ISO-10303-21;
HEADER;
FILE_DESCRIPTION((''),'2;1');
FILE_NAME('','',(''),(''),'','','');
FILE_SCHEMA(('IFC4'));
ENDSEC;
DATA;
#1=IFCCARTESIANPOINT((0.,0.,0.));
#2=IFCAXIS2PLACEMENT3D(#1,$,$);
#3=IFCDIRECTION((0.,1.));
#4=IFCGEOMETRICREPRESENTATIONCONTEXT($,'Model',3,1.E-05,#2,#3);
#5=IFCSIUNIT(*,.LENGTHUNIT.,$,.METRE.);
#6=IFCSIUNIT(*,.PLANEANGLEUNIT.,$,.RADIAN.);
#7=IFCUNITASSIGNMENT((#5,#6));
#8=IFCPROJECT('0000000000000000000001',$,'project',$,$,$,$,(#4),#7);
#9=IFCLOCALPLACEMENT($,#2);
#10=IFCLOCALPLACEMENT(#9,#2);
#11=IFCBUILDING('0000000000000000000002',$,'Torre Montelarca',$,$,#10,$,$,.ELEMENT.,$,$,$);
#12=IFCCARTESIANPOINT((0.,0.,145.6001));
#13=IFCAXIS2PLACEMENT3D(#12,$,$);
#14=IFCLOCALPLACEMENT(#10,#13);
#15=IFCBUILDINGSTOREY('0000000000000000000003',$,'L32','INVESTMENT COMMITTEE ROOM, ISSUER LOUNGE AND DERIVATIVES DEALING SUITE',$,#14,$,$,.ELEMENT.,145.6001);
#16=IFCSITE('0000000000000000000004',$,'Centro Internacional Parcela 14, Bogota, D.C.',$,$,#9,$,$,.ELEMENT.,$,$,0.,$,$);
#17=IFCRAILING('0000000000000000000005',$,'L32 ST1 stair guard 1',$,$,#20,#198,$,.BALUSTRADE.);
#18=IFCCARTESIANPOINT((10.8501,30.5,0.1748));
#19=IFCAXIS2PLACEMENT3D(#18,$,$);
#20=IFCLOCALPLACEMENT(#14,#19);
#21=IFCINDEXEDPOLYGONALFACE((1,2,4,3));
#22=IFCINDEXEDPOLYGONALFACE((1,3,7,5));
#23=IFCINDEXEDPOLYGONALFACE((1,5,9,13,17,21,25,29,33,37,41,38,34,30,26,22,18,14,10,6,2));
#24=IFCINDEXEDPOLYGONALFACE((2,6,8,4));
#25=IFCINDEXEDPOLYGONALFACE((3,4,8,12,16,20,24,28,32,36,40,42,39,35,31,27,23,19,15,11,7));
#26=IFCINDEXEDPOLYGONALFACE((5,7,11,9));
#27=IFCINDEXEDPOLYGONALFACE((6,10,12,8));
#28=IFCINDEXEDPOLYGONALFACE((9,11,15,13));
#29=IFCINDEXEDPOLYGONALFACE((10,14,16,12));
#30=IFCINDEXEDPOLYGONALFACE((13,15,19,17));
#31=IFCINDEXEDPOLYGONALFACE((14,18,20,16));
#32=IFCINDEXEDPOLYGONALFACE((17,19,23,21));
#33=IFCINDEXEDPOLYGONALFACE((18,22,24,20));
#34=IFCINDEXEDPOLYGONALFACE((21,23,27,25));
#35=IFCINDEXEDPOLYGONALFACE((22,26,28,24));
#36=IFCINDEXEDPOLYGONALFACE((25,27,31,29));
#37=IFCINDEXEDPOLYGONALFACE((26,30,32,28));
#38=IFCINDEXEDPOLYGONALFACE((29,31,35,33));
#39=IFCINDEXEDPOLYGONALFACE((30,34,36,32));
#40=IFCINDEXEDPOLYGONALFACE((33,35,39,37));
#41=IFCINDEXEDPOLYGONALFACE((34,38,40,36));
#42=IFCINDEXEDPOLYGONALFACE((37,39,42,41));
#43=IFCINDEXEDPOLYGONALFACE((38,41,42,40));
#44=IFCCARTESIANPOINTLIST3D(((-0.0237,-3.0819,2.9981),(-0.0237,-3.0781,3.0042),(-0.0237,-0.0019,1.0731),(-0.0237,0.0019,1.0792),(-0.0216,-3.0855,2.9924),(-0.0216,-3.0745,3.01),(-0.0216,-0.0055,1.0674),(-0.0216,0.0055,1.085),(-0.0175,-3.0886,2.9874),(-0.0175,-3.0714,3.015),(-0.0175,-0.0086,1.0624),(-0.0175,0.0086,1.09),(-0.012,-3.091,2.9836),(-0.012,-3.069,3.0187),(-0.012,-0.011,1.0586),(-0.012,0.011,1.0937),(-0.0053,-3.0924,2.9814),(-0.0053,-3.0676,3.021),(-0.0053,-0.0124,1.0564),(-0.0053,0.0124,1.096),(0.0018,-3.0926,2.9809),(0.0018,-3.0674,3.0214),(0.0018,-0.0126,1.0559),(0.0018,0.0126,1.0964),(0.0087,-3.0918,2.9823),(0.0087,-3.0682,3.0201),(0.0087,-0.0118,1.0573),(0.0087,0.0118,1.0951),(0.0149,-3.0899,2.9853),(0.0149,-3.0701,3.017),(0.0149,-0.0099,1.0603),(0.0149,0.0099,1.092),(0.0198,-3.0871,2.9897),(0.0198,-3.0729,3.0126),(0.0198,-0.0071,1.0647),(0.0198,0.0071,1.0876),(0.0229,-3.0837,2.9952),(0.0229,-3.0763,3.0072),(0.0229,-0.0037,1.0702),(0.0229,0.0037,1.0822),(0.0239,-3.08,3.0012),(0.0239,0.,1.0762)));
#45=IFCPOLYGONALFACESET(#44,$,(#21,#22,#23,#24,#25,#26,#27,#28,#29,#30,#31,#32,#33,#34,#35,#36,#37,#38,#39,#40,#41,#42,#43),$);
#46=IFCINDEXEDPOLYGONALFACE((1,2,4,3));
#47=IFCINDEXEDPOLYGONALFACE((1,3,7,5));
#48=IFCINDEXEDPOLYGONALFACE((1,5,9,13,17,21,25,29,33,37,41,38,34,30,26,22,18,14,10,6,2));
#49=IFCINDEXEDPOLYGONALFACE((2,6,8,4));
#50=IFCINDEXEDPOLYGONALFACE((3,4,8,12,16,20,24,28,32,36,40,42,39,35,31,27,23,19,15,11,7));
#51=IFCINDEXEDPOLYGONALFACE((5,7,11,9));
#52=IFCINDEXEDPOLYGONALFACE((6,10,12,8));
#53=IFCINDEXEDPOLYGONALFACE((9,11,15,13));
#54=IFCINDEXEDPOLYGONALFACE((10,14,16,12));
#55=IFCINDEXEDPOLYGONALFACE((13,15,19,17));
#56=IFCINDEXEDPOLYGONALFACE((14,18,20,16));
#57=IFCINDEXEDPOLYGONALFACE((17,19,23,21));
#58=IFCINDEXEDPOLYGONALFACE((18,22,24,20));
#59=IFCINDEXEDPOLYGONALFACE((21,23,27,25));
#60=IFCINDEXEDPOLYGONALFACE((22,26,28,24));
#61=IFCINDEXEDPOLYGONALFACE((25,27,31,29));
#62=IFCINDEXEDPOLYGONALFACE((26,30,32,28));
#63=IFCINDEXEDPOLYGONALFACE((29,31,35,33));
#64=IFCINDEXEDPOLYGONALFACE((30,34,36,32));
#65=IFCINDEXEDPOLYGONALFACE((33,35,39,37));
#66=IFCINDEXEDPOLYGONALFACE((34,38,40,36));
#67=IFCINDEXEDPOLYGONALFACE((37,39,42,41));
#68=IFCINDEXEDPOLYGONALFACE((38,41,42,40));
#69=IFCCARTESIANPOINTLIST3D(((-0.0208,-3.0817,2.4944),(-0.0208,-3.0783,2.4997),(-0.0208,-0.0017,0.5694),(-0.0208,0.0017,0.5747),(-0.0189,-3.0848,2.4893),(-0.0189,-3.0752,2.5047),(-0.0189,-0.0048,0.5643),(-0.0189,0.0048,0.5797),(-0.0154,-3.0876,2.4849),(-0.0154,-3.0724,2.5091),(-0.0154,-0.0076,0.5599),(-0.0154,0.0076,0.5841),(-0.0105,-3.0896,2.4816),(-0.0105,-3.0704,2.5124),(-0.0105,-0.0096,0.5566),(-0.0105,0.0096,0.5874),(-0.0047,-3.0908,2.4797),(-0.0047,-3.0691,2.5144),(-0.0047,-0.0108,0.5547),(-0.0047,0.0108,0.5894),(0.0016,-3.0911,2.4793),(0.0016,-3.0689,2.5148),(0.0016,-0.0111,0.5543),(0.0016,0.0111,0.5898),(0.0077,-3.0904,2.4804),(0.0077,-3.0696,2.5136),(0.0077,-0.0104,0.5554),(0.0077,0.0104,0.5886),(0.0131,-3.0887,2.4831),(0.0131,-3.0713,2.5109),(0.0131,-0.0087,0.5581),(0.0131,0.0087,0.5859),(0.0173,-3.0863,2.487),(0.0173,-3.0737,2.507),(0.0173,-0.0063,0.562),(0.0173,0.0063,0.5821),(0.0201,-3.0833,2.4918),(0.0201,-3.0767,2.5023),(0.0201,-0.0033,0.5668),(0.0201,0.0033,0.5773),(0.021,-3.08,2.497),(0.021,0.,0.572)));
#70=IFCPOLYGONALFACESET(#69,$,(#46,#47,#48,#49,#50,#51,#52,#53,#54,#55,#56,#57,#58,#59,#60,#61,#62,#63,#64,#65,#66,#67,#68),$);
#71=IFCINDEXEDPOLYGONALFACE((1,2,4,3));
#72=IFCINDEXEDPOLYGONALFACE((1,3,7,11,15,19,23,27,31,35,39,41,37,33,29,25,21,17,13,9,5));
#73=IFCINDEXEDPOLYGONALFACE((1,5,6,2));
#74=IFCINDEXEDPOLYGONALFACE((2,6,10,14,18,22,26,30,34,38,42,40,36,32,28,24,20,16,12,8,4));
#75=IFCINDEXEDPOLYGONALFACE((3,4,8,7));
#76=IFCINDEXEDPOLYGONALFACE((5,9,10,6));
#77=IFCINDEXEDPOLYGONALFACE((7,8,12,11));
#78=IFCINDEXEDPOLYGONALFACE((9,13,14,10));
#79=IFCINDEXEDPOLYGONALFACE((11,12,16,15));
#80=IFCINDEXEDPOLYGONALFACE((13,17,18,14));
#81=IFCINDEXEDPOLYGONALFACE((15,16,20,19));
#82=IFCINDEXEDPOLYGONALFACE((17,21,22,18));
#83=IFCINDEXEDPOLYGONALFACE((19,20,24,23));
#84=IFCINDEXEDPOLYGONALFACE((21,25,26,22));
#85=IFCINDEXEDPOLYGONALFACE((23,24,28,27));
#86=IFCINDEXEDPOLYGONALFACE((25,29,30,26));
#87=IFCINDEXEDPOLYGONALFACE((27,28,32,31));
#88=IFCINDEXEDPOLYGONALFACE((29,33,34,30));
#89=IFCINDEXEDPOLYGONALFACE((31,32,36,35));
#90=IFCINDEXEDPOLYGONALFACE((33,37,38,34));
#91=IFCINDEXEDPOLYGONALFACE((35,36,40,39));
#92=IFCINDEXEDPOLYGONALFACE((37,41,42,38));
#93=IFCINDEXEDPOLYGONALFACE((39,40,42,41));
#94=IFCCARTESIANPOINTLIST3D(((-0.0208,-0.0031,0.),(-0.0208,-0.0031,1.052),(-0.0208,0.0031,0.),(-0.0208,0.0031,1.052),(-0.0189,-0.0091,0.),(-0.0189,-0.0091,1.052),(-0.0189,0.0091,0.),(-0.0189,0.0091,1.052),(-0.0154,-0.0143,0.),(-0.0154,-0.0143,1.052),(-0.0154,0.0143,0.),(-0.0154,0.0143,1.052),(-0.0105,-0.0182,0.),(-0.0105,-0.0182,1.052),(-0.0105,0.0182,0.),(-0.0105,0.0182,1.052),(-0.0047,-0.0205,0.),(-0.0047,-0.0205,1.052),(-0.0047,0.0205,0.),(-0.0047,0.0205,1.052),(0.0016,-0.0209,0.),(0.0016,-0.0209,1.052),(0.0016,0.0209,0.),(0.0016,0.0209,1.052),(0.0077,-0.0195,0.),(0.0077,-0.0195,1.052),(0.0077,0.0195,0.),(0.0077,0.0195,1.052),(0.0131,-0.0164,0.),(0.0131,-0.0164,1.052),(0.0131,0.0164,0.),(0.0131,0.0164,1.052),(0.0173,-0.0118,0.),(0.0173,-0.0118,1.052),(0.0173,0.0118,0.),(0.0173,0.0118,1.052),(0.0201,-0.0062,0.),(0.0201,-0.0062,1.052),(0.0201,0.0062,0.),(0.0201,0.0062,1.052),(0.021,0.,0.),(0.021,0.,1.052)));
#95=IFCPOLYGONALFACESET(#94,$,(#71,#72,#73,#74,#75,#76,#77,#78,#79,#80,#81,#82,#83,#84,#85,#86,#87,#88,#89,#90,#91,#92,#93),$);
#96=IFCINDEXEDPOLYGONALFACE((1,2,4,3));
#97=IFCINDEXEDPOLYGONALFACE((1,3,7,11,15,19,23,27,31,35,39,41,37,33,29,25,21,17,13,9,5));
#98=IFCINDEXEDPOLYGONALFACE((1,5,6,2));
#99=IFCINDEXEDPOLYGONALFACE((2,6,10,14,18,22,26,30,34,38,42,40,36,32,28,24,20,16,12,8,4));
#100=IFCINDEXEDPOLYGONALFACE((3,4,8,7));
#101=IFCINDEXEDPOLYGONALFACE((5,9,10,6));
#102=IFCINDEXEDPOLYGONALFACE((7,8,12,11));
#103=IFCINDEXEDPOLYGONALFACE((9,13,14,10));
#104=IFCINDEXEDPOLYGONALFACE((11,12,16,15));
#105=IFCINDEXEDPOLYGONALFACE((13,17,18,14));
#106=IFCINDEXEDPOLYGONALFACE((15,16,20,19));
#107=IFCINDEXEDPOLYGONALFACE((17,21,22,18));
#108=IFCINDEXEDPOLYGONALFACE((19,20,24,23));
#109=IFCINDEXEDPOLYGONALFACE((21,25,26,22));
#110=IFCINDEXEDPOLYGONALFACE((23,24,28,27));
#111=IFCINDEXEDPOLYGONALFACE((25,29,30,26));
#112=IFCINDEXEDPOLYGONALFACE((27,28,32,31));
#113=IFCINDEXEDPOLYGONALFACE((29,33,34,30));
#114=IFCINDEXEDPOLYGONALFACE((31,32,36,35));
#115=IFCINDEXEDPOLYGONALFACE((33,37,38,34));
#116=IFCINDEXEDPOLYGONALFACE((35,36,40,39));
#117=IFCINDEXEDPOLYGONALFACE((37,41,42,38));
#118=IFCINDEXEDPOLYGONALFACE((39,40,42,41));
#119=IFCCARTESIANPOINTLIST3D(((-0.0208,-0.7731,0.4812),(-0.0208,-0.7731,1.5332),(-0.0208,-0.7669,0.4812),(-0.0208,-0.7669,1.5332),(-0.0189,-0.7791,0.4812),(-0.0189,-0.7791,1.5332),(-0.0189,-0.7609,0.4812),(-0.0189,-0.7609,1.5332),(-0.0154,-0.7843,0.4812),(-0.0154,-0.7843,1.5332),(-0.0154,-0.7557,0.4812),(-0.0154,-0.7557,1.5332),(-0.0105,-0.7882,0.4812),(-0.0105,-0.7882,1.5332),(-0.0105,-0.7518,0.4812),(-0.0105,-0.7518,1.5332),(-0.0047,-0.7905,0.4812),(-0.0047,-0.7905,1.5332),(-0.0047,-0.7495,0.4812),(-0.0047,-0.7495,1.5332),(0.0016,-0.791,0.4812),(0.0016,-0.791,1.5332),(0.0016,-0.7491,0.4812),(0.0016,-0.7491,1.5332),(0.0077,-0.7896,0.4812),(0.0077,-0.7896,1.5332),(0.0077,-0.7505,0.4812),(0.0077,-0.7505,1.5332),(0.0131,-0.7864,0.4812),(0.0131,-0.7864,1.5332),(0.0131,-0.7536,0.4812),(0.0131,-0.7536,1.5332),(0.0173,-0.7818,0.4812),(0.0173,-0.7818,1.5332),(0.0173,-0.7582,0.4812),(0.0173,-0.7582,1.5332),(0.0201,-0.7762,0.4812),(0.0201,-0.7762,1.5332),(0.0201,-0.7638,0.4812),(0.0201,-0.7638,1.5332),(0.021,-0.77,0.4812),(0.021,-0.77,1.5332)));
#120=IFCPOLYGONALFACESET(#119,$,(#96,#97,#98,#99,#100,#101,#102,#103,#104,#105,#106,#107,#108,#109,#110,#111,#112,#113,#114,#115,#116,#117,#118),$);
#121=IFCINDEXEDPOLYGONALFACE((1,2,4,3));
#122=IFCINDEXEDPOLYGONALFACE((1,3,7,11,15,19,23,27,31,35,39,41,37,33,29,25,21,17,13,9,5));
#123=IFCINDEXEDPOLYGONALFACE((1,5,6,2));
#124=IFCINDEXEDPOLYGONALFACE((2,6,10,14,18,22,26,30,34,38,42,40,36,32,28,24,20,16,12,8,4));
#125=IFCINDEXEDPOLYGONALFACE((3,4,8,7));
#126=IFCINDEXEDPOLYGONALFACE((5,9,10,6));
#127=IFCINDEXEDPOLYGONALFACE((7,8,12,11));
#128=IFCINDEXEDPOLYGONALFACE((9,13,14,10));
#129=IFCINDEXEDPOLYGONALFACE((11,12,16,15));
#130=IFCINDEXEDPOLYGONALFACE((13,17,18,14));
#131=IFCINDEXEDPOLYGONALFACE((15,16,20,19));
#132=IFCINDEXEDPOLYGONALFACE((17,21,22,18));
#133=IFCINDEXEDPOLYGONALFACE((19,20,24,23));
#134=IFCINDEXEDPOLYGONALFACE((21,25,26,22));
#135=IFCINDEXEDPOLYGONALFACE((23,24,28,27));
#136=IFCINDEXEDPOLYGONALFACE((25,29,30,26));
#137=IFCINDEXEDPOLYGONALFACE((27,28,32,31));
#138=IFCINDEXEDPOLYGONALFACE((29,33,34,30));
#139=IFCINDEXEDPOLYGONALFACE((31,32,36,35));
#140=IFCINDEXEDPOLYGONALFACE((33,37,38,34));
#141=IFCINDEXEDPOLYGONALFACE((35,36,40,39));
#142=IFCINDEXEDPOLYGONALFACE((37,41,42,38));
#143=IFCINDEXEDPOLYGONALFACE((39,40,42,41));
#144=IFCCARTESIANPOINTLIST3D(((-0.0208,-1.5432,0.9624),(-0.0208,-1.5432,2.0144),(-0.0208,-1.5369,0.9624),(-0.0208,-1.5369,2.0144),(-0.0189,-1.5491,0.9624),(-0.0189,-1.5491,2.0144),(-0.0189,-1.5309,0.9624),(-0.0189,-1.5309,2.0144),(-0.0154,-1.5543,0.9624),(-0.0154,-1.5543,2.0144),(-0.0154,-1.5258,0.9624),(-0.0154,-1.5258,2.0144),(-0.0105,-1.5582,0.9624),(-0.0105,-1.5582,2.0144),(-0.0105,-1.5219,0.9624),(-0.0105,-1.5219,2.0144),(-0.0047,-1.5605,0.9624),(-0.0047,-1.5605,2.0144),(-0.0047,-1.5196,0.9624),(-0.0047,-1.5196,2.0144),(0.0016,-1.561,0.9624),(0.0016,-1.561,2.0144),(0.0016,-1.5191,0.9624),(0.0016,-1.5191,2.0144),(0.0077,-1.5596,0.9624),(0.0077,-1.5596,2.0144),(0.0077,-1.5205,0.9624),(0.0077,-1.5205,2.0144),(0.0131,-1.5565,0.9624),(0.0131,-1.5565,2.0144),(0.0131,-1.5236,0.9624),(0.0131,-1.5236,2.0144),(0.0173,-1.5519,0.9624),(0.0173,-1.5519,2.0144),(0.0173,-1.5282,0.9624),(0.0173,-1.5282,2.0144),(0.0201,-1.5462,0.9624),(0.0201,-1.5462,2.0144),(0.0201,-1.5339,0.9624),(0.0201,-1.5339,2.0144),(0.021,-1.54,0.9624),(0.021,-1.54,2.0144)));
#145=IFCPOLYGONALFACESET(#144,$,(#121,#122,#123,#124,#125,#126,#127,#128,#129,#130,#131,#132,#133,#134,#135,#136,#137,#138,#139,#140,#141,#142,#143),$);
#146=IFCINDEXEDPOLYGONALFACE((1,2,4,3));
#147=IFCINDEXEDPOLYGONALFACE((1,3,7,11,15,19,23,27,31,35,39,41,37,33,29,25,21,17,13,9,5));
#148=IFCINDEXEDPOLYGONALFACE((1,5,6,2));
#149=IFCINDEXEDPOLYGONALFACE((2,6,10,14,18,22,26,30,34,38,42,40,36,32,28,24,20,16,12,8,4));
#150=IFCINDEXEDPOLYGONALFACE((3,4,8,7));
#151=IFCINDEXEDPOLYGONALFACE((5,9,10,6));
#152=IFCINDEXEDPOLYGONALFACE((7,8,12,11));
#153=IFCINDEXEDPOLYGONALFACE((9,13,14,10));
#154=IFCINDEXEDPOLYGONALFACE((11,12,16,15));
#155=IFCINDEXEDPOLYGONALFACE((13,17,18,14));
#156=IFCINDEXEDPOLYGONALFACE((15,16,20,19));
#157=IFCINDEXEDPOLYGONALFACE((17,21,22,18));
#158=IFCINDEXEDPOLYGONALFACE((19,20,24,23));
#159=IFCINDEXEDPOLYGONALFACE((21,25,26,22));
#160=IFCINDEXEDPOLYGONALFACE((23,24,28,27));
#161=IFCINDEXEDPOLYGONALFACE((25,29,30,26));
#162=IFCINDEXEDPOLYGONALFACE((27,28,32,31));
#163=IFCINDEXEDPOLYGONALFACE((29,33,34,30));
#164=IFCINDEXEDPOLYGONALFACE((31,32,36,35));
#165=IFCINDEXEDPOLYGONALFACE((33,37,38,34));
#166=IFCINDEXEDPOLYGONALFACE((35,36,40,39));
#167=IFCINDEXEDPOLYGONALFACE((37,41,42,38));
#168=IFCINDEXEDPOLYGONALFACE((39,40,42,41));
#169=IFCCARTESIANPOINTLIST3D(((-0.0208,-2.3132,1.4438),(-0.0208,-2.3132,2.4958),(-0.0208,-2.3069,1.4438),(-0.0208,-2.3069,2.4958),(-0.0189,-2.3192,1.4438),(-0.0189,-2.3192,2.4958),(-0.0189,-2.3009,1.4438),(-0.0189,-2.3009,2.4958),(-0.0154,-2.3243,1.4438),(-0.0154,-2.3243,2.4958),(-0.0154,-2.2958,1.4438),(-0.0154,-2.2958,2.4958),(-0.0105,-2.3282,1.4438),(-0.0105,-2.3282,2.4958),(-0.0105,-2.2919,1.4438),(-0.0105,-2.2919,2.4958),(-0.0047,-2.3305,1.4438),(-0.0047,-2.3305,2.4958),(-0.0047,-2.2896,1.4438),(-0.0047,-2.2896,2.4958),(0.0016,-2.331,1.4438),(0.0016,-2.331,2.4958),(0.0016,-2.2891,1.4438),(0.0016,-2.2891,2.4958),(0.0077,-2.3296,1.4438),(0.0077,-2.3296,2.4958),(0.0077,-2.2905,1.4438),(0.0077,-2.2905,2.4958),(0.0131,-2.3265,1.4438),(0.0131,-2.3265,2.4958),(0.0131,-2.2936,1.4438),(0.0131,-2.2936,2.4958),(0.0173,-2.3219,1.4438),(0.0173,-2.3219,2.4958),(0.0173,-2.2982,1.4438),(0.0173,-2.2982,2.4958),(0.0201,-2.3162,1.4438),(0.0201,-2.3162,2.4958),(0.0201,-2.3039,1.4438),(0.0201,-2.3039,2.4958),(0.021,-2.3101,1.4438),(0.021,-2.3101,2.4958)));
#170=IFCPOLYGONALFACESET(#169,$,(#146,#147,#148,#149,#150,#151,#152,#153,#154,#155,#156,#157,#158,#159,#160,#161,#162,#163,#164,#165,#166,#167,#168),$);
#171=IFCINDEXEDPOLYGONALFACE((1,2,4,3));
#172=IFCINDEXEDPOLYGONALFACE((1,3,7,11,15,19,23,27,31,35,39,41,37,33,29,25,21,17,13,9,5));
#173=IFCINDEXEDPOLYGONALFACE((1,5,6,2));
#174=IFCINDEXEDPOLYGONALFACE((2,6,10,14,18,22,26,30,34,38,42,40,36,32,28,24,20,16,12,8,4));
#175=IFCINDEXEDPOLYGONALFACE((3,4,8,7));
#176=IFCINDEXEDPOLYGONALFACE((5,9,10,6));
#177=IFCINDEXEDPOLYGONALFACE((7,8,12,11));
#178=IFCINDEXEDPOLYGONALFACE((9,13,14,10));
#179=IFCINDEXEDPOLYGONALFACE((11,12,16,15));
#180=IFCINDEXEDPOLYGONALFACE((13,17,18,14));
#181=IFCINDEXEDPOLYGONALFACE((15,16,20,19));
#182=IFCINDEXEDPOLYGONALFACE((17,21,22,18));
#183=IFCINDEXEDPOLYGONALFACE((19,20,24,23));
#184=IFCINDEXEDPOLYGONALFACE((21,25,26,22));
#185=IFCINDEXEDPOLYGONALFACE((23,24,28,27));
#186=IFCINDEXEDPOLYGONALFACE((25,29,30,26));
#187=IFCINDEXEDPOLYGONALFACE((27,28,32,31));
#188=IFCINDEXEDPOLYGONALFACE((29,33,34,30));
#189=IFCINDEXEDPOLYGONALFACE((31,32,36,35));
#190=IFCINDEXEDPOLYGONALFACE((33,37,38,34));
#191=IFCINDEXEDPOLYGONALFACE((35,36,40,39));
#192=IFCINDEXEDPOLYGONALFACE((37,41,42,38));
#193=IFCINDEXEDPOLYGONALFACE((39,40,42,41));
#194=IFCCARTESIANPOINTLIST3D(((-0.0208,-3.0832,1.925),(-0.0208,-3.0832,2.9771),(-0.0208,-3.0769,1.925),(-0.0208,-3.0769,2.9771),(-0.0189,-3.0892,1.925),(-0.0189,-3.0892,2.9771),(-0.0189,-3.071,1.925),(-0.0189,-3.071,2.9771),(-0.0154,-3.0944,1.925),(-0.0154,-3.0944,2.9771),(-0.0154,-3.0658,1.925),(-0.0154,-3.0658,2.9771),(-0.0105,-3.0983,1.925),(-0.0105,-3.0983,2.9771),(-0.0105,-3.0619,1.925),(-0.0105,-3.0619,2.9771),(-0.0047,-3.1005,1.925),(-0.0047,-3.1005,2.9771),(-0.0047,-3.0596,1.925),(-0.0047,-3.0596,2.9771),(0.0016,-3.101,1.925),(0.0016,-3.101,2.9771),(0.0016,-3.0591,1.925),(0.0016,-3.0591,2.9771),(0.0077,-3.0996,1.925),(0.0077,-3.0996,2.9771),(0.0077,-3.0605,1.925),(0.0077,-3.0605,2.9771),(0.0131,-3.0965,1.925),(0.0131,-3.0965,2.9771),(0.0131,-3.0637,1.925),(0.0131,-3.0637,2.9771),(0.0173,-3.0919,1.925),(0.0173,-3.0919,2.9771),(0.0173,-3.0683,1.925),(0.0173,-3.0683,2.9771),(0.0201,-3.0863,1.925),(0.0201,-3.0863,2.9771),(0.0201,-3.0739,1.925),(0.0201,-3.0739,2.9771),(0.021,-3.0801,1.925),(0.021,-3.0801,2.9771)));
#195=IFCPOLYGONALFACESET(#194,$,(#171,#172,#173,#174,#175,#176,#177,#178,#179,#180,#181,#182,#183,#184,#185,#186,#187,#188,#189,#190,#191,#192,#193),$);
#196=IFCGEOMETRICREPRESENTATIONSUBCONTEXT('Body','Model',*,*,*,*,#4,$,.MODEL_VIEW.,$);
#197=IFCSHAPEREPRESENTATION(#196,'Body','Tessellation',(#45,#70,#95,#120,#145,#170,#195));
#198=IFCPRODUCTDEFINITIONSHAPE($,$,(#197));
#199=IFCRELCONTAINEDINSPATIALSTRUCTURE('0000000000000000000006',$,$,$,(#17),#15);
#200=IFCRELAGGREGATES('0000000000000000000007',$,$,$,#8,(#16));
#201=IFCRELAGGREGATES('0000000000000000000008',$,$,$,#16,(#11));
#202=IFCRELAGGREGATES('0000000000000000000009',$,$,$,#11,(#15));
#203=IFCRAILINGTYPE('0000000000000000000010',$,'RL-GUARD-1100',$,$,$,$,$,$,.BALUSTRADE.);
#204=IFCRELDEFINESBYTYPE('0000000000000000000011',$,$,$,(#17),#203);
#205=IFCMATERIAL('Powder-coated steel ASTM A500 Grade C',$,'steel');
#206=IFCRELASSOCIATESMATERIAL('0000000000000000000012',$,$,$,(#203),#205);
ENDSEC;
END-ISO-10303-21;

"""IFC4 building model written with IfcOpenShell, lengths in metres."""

from ifc_helpers import new_model, si_unit, direction, frame, origin, origin_2d, place, context, subcontext, project, spatial, circle, extrude, material, type_object, element, save


model = new_model("IFC4")

# Units and contexts
model_context = context("Model", 3, precision=1e-05, world=origin(), true_north=direction((0.0, 1.0)))
body_context = subcontext(model_context, "Body", "Model", "MODEL_VIEW")
ifc_project = project(units=[si_unit("LENGTHUNIT", "METRE"), si_unit("PLANEANGLEUNIT", "RADIAN")], contexts=[model_context])

# Site, building, storey
site_placement = place(None, origin())
site = spatial("IfcSite", under=ifc_project, at=site_placement, Name="Centro Internacional Parcela 14, Bogota, D.C.", CompositionType="ELEMENT", RefElevation=0.0)
building_placement = place(site_placement, origin())
building = spatial("IfcBuilding", under=site, at=building_placement, Name="Torre Montelarca", CompositionType="ELEMENT")
storey_placement = place(building_placement, frame((0.0, 0.0, 145.6001)))
storey = spatial("IfcBuildingStorey", under=building, at=storey_placement, Name="L32", Description="INVESTMENT COMMITTEE ROOM, ISSUER LOUNGE AND DERIVATIVES DEALING SUITE", CompositionType="ELEMENT", Elevation=145.6001)

# Railing
ifc_material_1 = material(Name="Powder-coated steel ASTM A500 Grade C", Category="steel")
railing_type_1 = type_object("IfcRailingType", Name="RL-GUARD-1100", PredefinedType="BALUSTRADE", material=ifc_material_1)
railing_1_placement = place(storey_placement, frame((10.8501, 30.5, 0.1748)))
element("IfcRailing", 1, at=railing_1_placement, inside=storey, type_object=railing_type_1, Name="L32 ST1 stair guard 1", PredefinedType="BALUSTRADE", context=body_context, shape_type="SweptSolid", body=[
    extrude(circle(Radius=0.0239, at=origin_2d()), frame((0.0, 0.0, 1.0762), z_axis=(0.0, -0.847998, 0.529999), x_axis=(1.0, 0.0, 0.0)), (0.0, 0.0, 1.0), 3.6321),
    extrude(circle(Radius=0.021, at=origin_2d()), frame((0.0, 0.0, 0.572), z_axis=(0.0, -0.847998, 0.529999), x_axis=(1.0, 0.0, 0.0)), (0.0, 0.0, 1.0), 3.6321),
    extrude(circle(Radius=0.021, at=origin_2d()), origin(), (0.0, 0.0, 1.0), 1.052),
    extrude(circle(Radius=0.021, at=origin_2d()), frame((0.0, -0.77, 0.4812)), (0.0, 0.0, 1.0), 1.052),
    extrude(circle(Radius=0.021, at=origin_2d()), frame((0.0, -1.54, 0.9624)), (0.0, 0.0, 1.0), 1.052),
    extrude(circle(Radius=0.021, at=origin_2d()), frame((0.0, -2.3101, 1.4438)), (0.0, 0.0, 1.0), 1.052),
    extrude(circle(Radius=0.021, at=origin_2d()), frame((0.0, -3.0801, 1.925)), (0.0, 0.0, 1.0), 1.052),
])

save(model, "model.ifc")
